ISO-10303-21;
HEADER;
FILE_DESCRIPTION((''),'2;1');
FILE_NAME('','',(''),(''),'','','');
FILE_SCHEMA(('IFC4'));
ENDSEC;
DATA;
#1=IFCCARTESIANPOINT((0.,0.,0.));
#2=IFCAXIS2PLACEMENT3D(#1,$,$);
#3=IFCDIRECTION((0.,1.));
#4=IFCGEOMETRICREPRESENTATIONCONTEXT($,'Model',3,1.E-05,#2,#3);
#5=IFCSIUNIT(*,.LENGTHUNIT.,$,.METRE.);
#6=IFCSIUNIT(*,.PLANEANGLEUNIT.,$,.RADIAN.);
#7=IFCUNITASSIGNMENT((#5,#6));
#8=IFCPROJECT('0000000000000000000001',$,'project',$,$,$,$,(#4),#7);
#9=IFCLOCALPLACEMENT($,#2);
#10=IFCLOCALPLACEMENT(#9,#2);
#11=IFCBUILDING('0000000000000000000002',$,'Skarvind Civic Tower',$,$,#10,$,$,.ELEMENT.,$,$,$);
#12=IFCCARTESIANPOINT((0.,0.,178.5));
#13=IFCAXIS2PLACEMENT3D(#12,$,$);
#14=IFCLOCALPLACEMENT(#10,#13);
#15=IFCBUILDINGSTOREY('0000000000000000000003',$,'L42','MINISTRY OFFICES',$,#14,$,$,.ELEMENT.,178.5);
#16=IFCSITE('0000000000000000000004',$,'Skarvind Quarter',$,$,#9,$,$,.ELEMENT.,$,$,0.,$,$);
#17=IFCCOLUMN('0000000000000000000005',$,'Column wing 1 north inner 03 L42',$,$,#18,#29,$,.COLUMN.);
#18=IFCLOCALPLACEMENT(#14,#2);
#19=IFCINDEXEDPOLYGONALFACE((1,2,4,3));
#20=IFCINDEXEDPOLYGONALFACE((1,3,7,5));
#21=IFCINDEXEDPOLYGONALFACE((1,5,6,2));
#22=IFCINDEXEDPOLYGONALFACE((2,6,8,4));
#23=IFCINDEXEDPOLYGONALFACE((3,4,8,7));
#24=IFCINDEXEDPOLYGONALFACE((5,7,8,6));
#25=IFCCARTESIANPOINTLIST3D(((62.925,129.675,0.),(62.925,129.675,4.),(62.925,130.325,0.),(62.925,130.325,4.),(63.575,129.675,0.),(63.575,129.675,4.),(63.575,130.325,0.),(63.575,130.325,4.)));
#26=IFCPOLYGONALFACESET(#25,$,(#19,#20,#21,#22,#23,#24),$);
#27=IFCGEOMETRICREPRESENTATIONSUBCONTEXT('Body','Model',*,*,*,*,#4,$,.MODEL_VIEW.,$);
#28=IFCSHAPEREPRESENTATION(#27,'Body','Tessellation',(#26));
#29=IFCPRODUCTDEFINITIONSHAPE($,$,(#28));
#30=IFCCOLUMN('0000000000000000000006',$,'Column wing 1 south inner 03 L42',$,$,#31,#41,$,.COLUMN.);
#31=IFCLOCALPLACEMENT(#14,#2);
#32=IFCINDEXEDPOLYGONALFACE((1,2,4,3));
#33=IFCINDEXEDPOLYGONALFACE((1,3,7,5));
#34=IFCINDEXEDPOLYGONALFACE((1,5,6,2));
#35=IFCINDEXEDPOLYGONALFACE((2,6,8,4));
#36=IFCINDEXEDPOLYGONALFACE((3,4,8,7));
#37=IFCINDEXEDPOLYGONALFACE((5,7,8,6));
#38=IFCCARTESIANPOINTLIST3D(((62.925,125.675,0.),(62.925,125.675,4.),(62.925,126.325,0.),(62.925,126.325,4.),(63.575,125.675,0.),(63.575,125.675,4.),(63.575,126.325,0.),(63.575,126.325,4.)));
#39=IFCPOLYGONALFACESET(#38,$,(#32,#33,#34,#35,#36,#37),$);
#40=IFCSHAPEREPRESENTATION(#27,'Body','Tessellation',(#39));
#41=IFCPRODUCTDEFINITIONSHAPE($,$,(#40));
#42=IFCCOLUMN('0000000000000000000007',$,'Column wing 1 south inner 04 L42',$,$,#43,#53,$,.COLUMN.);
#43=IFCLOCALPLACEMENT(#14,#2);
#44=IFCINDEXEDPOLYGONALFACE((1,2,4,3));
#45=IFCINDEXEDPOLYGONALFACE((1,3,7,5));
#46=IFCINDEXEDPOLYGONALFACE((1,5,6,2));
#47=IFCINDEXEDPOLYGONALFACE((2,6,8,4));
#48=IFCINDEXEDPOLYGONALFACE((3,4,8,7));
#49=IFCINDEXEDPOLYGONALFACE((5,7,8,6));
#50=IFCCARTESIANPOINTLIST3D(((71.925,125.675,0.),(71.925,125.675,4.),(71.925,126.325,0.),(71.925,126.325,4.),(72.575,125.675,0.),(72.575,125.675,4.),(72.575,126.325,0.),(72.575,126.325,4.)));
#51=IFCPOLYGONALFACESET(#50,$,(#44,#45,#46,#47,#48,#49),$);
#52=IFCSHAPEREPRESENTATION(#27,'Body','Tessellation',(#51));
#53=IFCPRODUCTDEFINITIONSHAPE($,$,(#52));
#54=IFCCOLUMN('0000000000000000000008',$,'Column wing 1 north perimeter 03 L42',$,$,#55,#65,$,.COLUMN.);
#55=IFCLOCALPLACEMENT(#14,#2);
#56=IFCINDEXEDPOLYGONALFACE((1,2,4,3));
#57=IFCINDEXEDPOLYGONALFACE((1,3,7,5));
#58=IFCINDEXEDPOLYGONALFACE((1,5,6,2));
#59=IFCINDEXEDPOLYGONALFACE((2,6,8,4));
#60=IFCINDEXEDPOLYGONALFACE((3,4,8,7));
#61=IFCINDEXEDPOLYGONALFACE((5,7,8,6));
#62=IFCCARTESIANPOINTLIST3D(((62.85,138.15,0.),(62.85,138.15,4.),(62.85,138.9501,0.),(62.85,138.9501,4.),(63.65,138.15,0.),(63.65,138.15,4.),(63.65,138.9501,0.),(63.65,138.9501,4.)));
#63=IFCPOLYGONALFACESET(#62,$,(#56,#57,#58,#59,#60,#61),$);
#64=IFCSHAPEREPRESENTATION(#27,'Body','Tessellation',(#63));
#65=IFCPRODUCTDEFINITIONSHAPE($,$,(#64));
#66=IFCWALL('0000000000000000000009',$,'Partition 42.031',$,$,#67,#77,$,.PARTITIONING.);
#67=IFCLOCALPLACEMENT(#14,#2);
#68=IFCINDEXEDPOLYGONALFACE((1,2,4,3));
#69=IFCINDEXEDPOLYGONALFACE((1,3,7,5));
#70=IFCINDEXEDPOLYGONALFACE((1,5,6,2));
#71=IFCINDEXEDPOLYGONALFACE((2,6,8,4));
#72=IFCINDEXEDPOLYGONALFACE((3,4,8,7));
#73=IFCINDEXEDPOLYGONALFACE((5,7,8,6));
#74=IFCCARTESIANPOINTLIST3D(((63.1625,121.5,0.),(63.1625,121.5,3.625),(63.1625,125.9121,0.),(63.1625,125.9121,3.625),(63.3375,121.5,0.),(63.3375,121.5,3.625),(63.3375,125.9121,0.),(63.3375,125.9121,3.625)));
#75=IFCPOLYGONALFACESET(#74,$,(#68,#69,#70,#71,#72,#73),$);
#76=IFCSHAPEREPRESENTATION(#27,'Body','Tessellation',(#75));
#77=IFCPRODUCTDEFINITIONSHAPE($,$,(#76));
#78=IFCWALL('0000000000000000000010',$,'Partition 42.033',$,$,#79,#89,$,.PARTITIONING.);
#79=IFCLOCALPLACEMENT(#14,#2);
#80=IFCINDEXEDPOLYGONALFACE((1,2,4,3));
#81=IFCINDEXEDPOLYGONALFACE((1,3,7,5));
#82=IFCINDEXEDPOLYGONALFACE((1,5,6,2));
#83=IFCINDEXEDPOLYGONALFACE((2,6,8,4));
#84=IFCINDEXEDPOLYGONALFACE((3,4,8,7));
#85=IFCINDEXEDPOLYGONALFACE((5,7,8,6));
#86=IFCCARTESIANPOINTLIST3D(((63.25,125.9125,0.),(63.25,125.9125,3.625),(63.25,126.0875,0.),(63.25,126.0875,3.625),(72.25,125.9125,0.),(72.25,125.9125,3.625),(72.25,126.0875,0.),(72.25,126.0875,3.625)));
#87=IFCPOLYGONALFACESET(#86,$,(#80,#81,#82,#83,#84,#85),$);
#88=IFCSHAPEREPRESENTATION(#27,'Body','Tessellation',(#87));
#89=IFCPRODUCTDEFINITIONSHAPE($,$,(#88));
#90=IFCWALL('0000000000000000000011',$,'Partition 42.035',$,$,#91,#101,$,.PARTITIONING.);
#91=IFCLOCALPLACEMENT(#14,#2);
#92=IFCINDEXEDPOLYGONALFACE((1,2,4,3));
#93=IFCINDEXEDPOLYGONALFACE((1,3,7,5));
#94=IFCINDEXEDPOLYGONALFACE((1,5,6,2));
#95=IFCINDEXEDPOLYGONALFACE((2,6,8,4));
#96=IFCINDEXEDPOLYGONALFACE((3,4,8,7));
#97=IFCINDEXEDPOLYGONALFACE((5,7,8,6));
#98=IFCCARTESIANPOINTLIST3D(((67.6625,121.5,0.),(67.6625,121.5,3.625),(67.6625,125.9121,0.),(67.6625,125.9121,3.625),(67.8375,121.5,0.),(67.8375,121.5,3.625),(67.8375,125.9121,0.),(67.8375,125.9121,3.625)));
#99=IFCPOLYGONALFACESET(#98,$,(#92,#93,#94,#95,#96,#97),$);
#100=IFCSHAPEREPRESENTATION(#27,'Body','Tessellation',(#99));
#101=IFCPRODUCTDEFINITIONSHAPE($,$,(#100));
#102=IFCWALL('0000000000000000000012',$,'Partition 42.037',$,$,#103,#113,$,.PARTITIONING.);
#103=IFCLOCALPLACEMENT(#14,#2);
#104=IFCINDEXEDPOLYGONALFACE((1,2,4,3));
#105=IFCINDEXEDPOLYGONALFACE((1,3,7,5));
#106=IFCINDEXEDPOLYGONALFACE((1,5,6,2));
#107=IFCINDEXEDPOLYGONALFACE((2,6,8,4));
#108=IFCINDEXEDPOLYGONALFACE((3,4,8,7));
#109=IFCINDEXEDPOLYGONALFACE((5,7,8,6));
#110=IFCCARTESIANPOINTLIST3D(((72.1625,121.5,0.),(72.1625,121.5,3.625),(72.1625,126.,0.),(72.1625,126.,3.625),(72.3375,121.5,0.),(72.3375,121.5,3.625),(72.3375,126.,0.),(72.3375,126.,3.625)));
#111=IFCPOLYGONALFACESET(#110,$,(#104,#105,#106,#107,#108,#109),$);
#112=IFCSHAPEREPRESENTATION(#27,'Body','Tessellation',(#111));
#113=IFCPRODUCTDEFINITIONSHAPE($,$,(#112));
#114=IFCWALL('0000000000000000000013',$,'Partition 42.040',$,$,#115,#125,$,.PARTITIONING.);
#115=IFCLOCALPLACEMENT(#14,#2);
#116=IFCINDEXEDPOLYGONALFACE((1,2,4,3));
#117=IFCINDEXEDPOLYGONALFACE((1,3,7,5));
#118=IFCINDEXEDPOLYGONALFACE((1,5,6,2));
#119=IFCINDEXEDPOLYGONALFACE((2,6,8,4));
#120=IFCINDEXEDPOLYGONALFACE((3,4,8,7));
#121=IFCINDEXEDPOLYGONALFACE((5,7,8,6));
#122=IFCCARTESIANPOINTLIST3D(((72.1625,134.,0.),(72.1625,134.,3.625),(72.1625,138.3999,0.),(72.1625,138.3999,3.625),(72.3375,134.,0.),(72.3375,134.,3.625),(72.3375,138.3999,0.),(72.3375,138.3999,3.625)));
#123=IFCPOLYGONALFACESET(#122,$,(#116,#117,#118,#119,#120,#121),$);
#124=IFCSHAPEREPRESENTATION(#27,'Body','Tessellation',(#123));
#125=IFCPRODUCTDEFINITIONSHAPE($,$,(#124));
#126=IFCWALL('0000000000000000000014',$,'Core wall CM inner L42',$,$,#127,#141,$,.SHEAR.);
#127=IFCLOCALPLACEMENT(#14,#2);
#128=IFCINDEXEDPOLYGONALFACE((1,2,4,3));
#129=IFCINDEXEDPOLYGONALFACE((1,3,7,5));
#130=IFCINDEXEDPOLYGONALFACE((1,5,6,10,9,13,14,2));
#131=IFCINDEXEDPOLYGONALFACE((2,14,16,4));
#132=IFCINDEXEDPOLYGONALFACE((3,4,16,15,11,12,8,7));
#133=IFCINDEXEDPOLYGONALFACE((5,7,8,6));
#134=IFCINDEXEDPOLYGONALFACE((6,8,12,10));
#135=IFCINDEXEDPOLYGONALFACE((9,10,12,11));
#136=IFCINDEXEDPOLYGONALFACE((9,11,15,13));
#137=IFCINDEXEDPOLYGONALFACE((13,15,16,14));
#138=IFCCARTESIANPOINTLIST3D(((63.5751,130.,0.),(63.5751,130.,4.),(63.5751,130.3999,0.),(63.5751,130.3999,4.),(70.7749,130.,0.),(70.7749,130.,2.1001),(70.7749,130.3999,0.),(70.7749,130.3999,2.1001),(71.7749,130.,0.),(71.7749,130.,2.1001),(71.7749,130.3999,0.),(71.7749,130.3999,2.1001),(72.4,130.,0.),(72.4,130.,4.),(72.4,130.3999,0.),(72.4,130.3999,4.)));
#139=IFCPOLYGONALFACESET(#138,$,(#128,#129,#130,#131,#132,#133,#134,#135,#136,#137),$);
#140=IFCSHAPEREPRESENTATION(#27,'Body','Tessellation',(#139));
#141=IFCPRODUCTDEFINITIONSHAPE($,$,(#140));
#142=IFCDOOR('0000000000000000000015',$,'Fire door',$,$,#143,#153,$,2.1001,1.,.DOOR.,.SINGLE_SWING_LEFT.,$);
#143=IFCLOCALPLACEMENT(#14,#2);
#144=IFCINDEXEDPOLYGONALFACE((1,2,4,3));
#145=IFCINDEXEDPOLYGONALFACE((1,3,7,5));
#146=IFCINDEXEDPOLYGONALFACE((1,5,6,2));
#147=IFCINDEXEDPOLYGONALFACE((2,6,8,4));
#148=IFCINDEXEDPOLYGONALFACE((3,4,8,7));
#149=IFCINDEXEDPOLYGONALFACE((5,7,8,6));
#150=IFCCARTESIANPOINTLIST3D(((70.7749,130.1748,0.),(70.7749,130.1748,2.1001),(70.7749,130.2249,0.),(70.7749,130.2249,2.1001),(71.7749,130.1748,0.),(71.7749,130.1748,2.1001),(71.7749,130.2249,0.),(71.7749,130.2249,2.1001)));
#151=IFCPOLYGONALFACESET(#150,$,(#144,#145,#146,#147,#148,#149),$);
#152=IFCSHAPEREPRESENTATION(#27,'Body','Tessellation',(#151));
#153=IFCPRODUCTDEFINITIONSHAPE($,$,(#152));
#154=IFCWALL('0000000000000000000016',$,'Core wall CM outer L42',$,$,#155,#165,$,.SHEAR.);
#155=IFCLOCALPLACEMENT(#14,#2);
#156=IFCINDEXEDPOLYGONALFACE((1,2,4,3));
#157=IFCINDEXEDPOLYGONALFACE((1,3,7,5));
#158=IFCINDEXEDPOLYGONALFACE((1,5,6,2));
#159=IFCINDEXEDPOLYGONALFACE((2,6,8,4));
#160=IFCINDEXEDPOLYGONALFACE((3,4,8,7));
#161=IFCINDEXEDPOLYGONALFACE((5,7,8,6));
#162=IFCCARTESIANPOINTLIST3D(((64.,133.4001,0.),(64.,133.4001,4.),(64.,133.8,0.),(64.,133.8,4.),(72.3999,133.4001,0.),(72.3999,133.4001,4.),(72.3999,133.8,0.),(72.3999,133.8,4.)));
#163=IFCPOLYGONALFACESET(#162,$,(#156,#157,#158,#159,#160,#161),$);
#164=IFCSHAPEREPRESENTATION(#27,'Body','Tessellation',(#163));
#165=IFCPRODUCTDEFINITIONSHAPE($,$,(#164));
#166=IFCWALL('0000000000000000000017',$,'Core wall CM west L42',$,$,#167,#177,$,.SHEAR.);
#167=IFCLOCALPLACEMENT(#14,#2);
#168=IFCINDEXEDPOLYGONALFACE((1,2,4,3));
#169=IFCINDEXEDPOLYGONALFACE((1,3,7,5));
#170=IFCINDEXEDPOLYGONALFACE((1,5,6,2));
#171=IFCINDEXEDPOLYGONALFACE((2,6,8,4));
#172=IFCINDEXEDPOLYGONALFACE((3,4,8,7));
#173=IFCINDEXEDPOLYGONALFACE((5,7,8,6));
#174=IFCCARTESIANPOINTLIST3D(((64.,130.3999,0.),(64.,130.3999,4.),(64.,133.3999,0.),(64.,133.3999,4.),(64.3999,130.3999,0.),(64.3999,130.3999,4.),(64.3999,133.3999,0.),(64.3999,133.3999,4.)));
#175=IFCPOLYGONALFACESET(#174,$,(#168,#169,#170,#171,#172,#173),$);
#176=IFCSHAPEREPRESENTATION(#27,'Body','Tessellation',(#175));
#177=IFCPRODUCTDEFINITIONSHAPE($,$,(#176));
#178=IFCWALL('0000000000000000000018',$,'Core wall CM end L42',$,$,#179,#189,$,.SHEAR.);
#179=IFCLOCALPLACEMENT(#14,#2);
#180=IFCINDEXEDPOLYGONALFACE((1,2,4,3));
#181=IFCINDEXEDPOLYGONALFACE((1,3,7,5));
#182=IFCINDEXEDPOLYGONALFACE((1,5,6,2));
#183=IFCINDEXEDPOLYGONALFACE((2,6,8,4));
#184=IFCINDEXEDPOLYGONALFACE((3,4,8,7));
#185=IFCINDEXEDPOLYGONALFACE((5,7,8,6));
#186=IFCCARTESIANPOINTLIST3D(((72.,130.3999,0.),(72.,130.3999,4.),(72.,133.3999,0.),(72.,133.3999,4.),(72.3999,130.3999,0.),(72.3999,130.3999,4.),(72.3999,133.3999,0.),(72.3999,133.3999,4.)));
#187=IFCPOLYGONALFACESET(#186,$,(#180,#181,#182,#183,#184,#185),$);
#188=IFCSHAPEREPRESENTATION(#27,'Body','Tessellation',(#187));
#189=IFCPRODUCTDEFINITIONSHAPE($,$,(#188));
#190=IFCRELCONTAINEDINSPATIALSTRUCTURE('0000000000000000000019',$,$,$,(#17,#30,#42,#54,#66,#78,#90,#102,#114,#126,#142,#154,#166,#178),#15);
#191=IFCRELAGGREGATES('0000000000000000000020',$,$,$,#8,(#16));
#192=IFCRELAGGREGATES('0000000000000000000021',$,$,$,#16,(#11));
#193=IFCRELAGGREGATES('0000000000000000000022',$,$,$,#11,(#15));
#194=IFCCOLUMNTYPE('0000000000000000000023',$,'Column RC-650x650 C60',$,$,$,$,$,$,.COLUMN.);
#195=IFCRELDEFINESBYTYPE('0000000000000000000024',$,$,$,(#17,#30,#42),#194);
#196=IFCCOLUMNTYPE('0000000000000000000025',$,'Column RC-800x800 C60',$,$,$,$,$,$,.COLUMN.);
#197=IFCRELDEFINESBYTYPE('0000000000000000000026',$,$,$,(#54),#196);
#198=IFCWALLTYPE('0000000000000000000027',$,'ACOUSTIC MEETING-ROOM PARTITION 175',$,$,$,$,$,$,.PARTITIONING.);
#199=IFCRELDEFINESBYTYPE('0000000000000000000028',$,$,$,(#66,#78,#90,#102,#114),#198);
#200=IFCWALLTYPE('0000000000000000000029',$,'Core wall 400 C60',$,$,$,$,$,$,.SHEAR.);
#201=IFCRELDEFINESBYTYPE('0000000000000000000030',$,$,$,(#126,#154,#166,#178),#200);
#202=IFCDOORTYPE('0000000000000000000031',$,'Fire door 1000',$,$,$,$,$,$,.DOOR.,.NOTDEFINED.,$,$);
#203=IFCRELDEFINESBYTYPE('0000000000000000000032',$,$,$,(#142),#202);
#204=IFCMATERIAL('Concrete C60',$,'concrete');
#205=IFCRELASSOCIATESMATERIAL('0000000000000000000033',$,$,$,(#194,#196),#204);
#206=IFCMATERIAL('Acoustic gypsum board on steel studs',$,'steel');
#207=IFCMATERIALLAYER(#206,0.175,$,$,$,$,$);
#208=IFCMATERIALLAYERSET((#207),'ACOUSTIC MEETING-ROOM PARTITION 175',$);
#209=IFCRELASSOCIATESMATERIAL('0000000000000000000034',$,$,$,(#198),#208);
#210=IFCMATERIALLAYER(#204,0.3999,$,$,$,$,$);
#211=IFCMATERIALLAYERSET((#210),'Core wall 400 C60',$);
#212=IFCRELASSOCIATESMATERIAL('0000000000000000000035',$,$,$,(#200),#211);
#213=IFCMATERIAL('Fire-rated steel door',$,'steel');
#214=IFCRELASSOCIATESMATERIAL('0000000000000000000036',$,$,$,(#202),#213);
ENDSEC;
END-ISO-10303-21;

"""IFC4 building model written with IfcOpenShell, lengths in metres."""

from ifc_helpers import new_model, si_unit, direction, frame, frame_2d, origin, origin_2d, place, context, subcontext, project, spatial, rectangle, extrude, material, layer, layer_set, material_profile, profile_set, type_object, element, fill, save


model = new_model("IFC4")

# Units and contexts
model_context = context("Model", 3, precision=1e-05, world=origin(), true_north=direction((0.0, 1.0)))
body_context = subcontext(model_context, "Body", "Model", "MODEL_VIEW")
ifc_project = project(units=[si_unit("LENGTHUNIT", "METRE"), si_unit("PLANEANGLEUNIT", "RADIAN")], contexts=[model_context])

# Site, building, storey
site_placement = place(None, origin())
site = spatial("IfcSite", under=ifc_project, at=site_placement, Name="Skarvind Quarter", CompositionType="ELEMENT", RefElevation=0.0)
building_placement = place(site_placement, origin())
building = spatial("IfcBuilding", under=site, at=building_placement, Name="Skarvind Civic Tower", CompositionType="ELEMENT")
storey_placement = place(building_placement, frame((0.0, 0.0, 178.5)))
storey = spatial("IfcBuildingStorey", under=building, at=storey_placement, Name="L42", Description="MINISTRY OFFICES", CompositionType="ELEMENT", Elevation=178.5)

# Columns
ifc_material_1 = material(Name="Concrete C60", Category="concrete")
ifc_material_profile_1 = material_profile(ifc_material_1, rectangle(XDim=0.6499, YDim=0.6499, at=origin_2d()), Name="RC-650x650")
ifc_profile_set_1 = profile_set([ifc_material_profile_1], Name="Concrete C60")
column_type_1 = type_object("IfcColumnType", Name="Column RC-650x650 C60", PredefinedType="COLUMN", material=ifc_profile_set_1)
for number, where, z_axis, x_axis, name in (
    (1, (63.25, 130.0, 0.0), (0.0, 0.0, 1.0), (1.0, 0.0, 0.0), "Column wing 1 north inner 03 L42"),
    (2, (63.25, 126.0, 0.0), (0.0, 0.0, 1.0), (1.0, 0.0, 0.0), "Column wing 1 south inner 03 L42"),
    (3, (72.25, 126.0, 0.0), (0.0, 0.0, 1.0), (1.0, 0.0, 0.0), "Column wing 1 south inner 04 L42"),
):
    element("IfcColumn", number, at=place(storey_placement, frame(where, z_axis=z_axis, x_axis=x_axis)), inside=storey, type_object=column_type_1, Name=name, PredefinedType="COLUMN", context=body_context, shape_type="SweptSolid", body=[
        extrude(rectangle(XDim=0.6499, YDim=0.6499, at=origin_2d()), origin(), (0.0, 0.0, 1.0), 4.0),
    ])
ifc_material_profile_2 = material_profile(ifc_material_1, rectangle(XDim=0.8, YDim=0.8, at=origin_2d()), Name="RC-800x800")
ifc_profile_set_2 = profile_set([ifc_material_profile_2], Name="Concrete C60")
column_type_2 = type_object("IfcColumnType", Name="Column RC-800x800 C60", PredefinedType="COLUMN", material=ifc_profile_set_2)
column_placement = place(storey_placement, frame((63.25, 138.55, 0.0), z_axis=(0.0, 0.0, 1.0), x_axis=(1.0, 0.0, 0.0)))
element("IfcColumn", 4, at=column_placement, inside=storey, type_object=column_type_2, Name="Column wing 1 north perimeter 03 L42", PredefinedType="COLUMN", context=body_context, shape_type="SweptSolid", body=[
    extrude(rectangle(XDim=0.8, YDim=0.8, at=origin_2d()), origin(), (0.0, 0.0, 1.0), 4.0),
])

# Walls
ifc_material_2 = material(Name="Acoustic gypsum board on steel studs", Category="steel")
ifc_layer_1 = layer(ifc_material_2, 0.175)
ifc_layer_set_1 = layer_set([ifc_layer_1], Name="ACOUSTIC MEETING-ROOM PARTITION 175")
wall_type_1 = type_object("IfcWallType", Name="ACOUSTIC MEETING-ROOM PARTITION 175", PredefinedType="PARTITIONING", material=ifc_layer_set_1)
wall_1_placement = place(storey_placement, frame((63.25, 121.5, 0.0), z_axis=(0.0, 0.0, 1.0), x_axis=(0.0, 1.0, 0.0)))
element("IfcWall", 5, at=wall_1_placement, inside=storey, type_object=wall_type_1, Name="Partition 42.031", PredefinedType="PARTITIONING", context=body_context, shape_type="SweptSolid", body=[
    extrude(rectangle(XDim=4.4121, YDim=0.175, at=frame_2d((2.2061, 0.0))), origin(), (0.0, 0.0, 1.0), 3.625),
])
wall_2_placement = place(storey_placement, frame((63.25, 126.0, 0.0), z_axis=(0.0, 0.0, 1.0), x_axis=(1.0, 0.0, 0.0)))
element("IfcWall", 6, at=wall_2_placement, inside=storey, type_object=wall_type_1, Name="Partition 42.033", PredefinedType="PARTITIONING", context=body_context, shape_type="SweptSolid", body=[
    extrude(rectangle(XDim=9.0, YDim=0.175, at=frame_2d((4.5, 0.0))), origin(), (0.0, 0.0, 1.0), 3.625),
])
wall_3_placement = place(storey_placement, frame((67.75, 121.5, 0.0), z_axis=(0.0, 0.0, 1.0), x_axis=(0.0, 1.0, 0.0)))
element("IfcWall", 7, at=wall_3_placement, inside=storey, type_object=wall_type_1, Name="Partition 42.035", PredefinedType="PARTITIONING", context=body_context, shape_type="SweptSolid", body=[
    extrude(rectangle(XDim=4.4121, YDim=0.175, at=frame_2d((2.2061, 0.0))), origin(), (0.0, 0.0, 1.0), 3.625),
])
wall_4_placement = place(storey_placement, frame((72.25, 121.5, 0.0), z_axis=(0.0, 0.0, 1.0), x_axis=(0.0, 1.0, 0.0)))
element("IfcWall", 8, at=wall_4_placement, inside=storey, type_object=wall_type_1, Name="Partition 42.037", PredefinedType="PARTITIONING", context=body_context, shape_type="SweptSolid", body=[
    extrude(rectangle(XDim=4.5, YDim=0.175, at=frame_2d((2.25, 0.0))), origin(), (0.0, 0.0, 1.0), 3.625),
])
wall_5_placement = place(storey_placement, frame((72.25, 134.0, 0.0), z_axis=(0.0, 0.0, 1.0), x_axis=(0.0, 1.0, 0.0)))
element("IfcWall", 9, at=wall_5_placement, inside=storey, type_object=wall_type_1, Name="Partition 42.040", PredefinedType="PARTITIONING", context=body_context, shape_type="SweptSolid", body=[
    extrude(rectangle(XDim=4.3999, YDim=0.175, at=frame_2d((2.2, 0.0))), origin(), (0.0, 0.0, 1.0), 3.625),
])

# Wall, opening, door
ifc_layer_2 = layer(ifc_material_1, 0.3999)
ifc_layer_set_2 = layer_set([ifc_layer_2], Name="Core wall 400 C60")
wall_type_2 = type_object("IfcWallType", Name="Core wall 400 C60", PredefinedType="SHEAR", material=ifc_layer_set_2)
wall_6_placement = place(storey_placement, frame((63.575, 130.2, 0.0), z_axis=(0.0, 0.0, 1.0), x_axis=(1.0, 0.0, 0.0)))
wall_6 = element("IfcWall", 10, at=wall_6_placement, inside=storey, type_object=wall_type_2, Name="Core wall CM inner L42", PredefinedType="SHEAR", context=body_context, shape_type="SweptSolid", body=[
    extrude(rectangle(XDim=8.825, YDim=0.3999, at=frame_2d((4.4126, 0.0))), origin(), (0.0, 0.0, 1.0), 4.0),
])
opening_1_placement = place(wall_6_placement, frame((7.2, 0.0, 0.0)))
opening_1 = element("IfcOpeningElement", 11, at=opening_1_placement, cuts=wall_6, PredefinedType="OPENING", context=body_context, shape_type="SweptSolid", body=[
    extrude(rectangle(XDim=1.0, YDim=2.1001, at=frame_2d((0.5, 1.05))), frame((0.0, 0.21, 0.0), z_axis=(0.0, -1.0, 0.0), x_axis=(1.0, 0.0, 0.0)), (0.0, 0.0, 1.0), 0.4199),
])
ifc_material_3 = material(Name="Fire-rated steel door", Category="steel")
door_type_1 = type_object("IfcDoorType", Name="Fire door 1000", OperationType="NOTDEFINED", PredefinedType="DOOR", material=ifc_material_3)
door_1_placement = place(opening_1_placement, origin())
door_1 = element("IfcDoor", 12, at=door_1_placement, inside=storey, type_object=door_type_1, Name="Fire door", OperationType="SINGLE_SWING_LEFT", OverallHeight=2.1001, OverallWidth=1.0, PredefinedType="DOOR", context=body_context, shape_type="SweptSolid", body=[
    extrude(rectangle(XDim=1.0, YDim=2.1001, at=frame_2d((0.5, 1.05))), frame((0.0, 0.0249, 0.0), z_axis=(0.0, -1.0, 0.0), x_axis=(1.0, 0.0, 0.0)), (0.0, 0.0, 1.0), 0.05),
])
fill(opening_1, door_1)

# Walls
wall_7_placement = place(storey_placement, frame((64.0, 133.6001, 0.0), z_axis=(0.0, 0.0, 1.0), x_axis=(1.0, 0.0, 0.0)))
element("IfcWall", 13, at=wall_7_placement, inside=storey, type_object=wall_type_2, Name="Core wall CM outer L42", PredefinedType="SHEAR", context=body_context, shape_type="SweptSolid", body=[
    extrude(rectangle(XDim=8.3999, YDim=0.3999, at=frame_2d((4.2, 0.0))), origin(), (0.0, 0.0, 1.0), 4.0),
])
for number, where, z_axis, x_axis, name in (
    (14, (64.2, 130.3999, 0.0), (0.0, 0.0, 1.0), (0.0, 1.0, 0.0), "Core wall CM west L42"),
    (15, (72.2, 130.3999, 0.0), (0.0, 0.0, 1.0), (0.0, 1.0, 0.0), "Core wall CM end L42"),
):
    element("IfcWall", number, at=place(storey_placement, frame(where, z_axis=z_axis, x_axis=x_axis)), inside=storey, type_object=wall_type_2, Name=name, PredefinedType="SHEAR", context=body_context, shape_type="SweptSolid", body=[
        extrude(rectangle(XDim=3.0, YDim=0.3999, at=frame_2d((1.5, 0.0))), origin(), (0.0, 0.0, 1.0), 4.0),
    ])

save(model, "model.ifc")
